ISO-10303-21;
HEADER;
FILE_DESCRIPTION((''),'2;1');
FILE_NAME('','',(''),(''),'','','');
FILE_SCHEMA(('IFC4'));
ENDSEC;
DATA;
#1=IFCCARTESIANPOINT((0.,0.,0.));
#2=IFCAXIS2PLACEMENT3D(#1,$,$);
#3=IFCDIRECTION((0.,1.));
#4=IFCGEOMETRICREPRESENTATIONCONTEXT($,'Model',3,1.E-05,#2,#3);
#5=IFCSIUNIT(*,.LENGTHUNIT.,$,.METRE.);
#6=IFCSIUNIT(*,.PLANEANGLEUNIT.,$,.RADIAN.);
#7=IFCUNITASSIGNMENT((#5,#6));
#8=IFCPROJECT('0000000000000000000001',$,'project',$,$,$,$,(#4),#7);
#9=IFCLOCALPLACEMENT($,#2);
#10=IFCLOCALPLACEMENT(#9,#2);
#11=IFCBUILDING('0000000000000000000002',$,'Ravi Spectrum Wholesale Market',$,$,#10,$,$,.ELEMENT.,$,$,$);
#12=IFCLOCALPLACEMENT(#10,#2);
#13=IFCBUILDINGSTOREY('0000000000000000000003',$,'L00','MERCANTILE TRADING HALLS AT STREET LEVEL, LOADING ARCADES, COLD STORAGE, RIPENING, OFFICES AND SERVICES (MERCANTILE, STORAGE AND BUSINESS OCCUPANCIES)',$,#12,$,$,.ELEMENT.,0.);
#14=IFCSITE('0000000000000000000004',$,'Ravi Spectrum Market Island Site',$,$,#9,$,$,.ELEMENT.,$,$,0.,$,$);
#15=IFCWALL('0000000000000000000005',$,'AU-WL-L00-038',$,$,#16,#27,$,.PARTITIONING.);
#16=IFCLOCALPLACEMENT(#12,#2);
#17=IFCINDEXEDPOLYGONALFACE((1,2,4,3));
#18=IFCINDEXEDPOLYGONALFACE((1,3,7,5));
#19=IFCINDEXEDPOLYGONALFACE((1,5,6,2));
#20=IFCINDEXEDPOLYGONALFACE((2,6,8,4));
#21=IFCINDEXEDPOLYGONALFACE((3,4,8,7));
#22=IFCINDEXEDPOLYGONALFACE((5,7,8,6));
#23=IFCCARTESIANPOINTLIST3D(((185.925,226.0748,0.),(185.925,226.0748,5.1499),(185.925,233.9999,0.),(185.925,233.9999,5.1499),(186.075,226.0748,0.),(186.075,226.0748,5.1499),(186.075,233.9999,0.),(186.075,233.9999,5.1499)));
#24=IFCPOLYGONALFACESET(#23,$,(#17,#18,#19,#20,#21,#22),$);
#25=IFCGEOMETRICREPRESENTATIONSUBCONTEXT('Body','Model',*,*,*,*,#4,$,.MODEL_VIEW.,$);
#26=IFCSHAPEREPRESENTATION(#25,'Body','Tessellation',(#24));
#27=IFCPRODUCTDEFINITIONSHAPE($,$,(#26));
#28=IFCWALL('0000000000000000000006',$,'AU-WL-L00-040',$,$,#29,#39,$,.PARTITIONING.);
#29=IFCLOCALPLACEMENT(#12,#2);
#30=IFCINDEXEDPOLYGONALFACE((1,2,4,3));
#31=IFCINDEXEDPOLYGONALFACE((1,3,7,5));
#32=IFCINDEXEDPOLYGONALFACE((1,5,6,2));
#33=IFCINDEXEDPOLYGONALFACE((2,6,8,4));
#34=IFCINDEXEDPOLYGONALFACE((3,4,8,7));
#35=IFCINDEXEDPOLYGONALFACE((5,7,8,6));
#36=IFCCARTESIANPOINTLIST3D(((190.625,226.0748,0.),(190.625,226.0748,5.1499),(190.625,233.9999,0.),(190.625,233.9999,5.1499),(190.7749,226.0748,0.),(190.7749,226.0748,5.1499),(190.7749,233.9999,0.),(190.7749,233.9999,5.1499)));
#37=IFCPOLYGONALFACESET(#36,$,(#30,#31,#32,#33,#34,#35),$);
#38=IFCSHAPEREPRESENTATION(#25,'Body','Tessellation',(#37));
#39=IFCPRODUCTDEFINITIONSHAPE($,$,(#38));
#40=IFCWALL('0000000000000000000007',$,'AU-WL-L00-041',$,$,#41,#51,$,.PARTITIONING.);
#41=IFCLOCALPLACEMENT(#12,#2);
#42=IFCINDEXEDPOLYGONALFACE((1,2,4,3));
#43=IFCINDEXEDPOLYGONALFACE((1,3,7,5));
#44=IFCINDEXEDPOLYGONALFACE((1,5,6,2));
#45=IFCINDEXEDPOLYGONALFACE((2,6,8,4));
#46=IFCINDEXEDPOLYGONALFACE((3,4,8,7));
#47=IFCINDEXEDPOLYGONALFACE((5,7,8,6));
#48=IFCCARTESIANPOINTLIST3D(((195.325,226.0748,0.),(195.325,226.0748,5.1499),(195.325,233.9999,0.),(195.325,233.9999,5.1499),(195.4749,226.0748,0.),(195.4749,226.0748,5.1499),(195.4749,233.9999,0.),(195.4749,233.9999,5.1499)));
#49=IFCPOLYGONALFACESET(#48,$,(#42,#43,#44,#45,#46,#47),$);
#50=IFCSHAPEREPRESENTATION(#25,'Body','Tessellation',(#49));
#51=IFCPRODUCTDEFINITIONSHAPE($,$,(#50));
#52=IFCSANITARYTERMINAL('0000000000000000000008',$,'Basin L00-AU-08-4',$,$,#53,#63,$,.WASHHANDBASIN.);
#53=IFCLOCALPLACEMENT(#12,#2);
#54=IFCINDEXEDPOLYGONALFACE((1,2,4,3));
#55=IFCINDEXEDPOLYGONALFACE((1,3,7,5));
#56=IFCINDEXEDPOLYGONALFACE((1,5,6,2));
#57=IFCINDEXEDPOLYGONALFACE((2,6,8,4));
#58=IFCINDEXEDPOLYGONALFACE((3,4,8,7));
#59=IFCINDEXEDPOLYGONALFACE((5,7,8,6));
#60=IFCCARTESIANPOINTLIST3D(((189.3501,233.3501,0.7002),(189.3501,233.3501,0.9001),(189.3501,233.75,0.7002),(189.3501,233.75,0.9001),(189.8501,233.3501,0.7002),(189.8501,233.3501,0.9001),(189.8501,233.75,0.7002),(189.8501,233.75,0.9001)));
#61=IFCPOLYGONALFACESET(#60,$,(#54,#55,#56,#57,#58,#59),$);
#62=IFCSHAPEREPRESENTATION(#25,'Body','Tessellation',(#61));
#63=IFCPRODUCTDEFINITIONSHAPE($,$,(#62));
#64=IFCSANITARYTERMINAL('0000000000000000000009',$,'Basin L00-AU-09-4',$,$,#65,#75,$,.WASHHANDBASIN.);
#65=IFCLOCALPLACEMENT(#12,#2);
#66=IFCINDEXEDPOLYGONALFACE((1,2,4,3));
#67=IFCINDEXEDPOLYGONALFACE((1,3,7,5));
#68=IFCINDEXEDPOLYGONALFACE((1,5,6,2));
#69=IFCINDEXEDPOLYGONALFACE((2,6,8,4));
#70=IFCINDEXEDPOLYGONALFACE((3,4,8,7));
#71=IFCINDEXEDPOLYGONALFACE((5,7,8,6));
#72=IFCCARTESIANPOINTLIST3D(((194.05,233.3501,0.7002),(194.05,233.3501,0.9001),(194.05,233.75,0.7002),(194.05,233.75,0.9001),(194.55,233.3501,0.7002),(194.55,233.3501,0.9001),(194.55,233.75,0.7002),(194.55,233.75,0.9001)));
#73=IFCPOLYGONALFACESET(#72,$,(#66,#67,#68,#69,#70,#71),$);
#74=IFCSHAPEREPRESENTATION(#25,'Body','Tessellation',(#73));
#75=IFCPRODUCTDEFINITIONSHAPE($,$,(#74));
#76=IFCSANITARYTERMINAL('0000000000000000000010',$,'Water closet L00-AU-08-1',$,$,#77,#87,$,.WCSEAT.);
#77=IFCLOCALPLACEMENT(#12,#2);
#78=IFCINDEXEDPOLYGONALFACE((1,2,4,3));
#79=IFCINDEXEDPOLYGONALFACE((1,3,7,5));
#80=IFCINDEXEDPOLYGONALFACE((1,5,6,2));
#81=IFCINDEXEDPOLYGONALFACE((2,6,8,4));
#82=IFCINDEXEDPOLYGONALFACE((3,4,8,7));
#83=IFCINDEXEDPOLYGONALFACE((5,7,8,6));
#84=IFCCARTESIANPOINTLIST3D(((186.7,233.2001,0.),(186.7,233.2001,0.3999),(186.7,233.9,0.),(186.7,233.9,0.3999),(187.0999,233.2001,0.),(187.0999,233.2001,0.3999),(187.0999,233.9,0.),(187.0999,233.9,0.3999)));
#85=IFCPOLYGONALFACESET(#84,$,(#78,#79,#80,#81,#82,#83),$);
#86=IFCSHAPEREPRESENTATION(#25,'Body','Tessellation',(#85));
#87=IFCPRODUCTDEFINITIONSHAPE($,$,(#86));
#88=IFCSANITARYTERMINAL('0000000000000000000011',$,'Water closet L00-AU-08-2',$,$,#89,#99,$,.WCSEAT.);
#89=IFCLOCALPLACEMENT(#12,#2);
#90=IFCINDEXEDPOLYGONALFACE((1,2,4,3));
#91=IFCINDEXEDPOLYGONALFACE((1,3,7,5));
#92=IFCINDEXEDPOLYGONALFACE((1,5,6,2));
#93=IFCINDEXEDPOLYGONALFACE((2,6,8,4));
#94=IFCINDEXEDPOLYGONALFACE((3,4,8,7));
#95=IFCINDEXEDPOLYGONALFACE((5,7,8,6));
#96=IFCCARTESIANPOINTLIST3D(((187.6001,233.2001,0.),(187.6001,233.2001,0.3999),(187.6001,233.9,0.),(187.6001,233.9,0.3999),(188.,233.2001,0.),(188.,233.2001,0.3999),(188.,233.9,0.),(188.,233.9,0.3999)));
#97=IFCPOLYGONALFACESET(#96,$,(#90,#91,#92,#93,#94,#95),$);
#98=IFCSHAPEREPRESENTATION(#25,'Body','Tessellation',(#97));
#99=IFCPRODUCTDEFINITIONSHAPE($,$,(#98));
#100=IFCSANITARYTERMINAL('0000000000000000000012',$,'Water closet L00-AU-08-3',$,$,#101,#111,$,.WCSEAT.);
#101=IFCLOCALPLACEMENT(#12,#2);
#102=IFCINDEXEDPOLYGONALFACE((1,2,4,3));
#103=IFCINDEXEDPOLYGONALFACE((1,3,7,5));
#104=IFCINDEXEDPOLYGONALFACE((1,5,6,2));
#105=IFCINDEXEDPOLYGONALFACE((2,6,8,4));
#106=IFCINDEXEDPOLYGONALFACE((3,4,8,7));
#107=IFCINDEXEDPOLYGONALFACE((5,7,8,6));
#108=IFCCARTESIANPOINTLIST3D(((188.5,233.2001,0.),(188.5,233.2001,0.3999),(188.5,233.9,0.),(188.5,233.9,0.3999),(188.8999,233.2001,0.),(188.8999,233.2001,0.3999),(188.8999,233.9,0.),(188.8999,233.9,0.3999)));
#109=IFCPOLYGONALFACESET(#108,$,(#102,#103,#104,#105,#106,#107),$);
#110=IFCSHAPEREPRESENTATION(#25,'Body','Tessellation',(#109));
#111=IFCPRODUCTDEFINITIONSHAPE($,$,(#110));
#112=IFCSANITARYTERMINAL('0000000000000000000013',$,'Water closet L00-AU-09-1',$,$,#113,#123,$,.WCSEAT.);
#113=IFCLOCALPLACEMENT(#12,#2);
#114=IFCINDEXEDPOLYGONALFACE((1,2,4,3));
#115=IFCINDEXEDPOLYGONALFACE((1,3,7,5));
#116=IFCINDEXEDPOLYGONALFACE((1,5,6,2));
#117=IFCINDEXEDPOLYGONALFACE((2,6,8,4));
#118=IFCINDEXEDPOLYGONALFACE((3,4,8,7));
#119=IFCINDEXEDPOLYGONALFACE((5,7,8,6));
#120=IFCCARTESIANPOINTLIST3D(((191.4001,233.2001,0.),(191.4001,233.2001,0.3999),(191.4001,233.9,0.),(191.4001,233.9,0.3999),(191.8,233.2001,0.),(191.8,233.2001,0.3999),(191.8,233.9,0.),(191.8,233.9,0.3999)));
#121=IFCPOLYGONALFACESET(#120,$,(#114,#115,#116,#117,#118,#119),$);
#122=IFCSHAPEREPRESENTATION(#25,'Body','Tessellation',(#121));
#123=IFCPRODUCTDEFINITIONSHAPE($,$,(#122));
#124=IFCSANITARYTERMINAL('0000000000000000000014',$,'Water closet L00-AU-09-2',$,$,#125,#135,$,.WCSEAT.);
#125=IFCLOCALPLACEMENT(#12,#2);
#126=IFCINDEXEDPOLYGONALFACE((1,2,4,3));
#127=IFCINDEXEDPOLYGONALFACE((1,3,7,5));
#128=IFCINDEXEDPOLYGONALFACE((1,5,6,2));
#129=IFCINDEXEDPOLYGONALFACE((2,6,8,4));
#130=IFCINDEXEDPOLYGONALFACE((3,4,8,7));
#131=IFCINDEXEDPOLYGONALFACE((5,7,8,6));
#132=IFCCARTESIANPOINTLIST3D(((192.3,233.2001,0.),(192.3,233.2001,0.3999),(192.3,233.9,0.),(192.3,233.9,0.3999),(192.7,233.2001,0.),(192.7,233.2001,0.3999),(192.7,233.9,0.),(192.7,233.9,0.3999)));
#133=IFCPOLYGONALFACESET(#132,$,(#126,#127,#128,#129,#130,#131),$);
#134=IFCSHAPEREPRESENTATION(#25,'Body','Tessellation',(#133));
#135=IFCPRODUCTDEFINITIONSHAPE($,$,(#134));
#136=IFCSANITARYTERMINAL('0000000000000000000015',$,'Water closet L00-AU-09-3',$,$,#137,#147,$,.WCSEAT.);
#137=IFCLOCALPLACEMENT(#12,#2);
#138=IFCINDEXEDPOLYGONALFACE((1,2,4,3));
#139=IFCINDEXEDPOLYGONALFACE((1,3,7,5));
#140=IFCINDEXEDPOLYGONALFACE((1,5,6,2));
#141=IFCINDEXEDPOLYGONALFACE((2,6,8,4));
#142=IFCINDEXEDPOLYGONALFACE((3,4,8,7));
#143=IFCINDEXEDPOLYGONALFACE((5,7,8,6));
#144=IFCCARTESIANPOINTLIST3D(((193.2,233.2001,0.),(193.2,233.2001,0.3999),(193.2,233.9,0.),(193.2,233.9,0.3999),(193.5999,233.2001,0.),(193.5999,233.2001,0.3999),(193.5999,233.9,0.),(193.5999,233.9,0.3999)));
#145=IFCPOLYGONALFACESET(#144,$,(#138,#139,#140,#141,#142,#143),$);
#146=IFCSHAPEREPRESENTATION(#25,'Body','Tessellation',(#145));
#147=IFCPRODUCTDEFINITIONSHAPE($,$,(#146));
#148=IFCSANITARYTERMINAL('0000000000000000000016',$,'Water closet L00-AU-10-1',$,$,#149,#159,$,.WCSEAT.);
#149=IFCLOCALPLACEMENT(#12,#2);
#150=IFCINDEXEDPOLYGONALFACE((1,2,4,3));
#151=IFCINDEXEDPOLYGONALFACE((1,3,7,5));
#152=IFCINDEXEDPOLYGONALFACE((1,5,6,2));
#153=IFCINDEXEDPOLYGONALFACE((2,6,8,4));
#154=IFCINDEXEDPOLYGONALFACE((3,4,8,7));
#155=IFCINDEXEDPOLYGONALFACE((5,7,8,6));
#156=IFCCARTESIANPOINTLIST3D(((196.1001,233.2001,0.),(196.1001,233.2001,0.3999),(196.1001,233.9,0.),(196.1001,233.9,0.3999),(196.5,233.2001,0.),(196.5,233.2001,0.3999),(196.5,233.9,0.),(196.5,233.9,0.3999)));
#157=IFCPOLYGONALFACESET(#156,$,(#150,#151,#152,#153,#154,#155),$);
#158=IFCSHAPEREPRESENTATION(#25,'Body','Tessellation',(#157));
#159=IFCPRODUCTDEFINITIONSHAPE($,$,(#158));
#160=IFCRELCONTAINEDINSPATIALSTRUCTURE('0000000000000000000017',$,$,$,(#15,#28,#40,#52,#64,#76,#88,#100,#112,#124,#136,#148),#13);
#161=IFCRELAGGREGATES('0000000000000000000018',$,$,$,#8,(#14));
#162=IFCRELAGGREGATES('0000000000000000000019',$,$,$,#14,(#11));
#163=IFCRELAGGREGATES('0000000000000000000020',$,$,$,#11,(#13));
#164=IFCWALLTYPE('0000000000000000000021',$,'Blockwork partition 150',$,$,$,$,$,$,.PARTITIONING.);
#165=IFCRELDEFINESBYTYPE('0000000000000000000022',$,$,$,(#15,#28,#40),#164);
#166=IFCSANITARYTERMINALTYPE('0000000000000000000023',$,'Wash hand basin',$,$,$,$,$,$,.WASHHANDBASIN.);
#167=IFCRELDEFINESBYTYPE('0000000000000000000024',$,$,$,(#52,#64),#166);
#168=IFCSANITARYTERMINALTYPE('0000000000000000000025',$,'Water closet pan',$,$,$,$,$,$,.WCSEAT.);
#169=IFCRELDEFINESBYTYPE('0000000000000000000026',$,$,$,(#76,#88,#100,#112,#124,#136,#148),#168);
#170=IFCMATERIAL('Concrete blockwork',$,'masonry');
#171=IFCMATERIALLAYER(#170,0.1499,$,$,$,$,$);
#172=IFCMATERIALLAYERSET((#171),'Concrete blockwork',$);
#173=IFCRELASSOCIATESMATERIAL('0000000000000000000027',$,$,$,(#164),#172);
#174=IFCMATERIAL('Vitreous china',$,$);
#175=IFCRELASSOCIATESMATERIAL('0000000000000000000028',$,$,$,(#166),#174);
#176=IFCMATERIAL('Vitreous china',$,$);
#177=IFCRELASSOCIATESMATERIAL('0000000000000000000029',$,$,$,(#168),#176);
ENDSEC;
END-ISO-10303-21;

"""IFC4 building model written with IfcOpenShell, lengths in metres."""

from ifc_helpers import new_model, si_unit, direction, frame, frame_2d, origin, origin_2d, place, context, subcontext, project, spatial, rectangle, extrude, material, layer, layer_set, type_object, element, save


model = new_model("IFC4")

# Units and contexts
model_context = context("Model", 3, precision=1e-05, world=origin(), true_north=direction((0.0, 1.0)))
body_context = subcontext(model_context, "Body", "Model", "MODEL_VIEW")
ifc_project = project(units=[si_unit("LENGTHUNIT", "METRE"), si_unit("PLANEANGLEUNIT", "RADIAN")], contexts=[model_context])

# Site, building, storey
site_placement = place(None, origin())
site = spatial("IfcSite", under=ifc_project, at=site_placement, Name="Ravi Spectrum Market Island Site", CompositionType="ELEMENT", RefElevation=0.0)
building_placement = place(site_placement, origin())
building = spatial("IfcBuilding", under=site, at=building_placement, Name="Ravi Spectrum Wholesale Market", CompositionType="ELEMENT")
storey_placement = place(building_placement, origin())
storey = spatial("IfcBuildingStorey", under=building, at=storey_placement, Name="L00", Description="MERCANTILE TRADING HALLS AT STREET LEVEL, LOADING ARCADES, COLD STORAGE, RIPENING, OFFICES AND SERVICES (MERCANTILE, STORAGE AND BUSINESS OCCUPANCIES)", CompositionType="ELEMENT", Elevation=0.0)

# Walls
ifc_material_1 = material(Name="Concrete blockwork", Category="masonry")
ifc_layer = layer(ifc_material_1, 0.1499)
ifc_layer_set = layer_set([ifc_layer], Name="Concrete blockwork")
wall_type = type_object("IfcWallType", Name="Blockwork partition 150", PredefinedType="PARTITIONING", material=ifc_layer_set)
for number, where, z_axis, x_axis, name in (
    (1, (186.0, 226.075, 0.0), (0.0, 0.0, 1.0), (0.0, 1.0, 0.0), "AU-WL-L00-038"),
    (2, (190.7, 226.075, 0.0), (0.0, 0.0, 1.0), (0.0, 1.0, 0.0), "AU-WL-L00-040"),
    (3, (195.3999, 226.075, 0.0), (0.0, 0.0, 1.0), (0.0, 1.0, 0.0), "AU-WL-L00-041"),
):
    element("IfcWall", number, at=place(storey_placement, frame(where, z_axis=z_axis, x_axis=x_axis)), inside=storey, type_object=wall_type, Name=name, PredefinedType="PARTITIONING", context=body_context, shape_type="SweptSolid", body=[
        extrude(rectangle(XDim=7.925, YDim=0.1499, at=frame_2d((3.9624, 0.0))), origin(), (0.0, 0.0, 1.0), 5.1499),
    ])

# Sanitary terminals
ifc_material_2 = material(Name="Vitreous china")
sanitary_terminal_type_1 = type_object("IfcSanitaryTerminalType", Name="Wash hand basin", PredefinedType="WASHHANDBASIN", material=ifc_material_2)
for number, where, z_axis, x_axis, name in (
    (4, (189.6001, 233.55, 0.7002), (0.0, 0.0, 1.0), (1.0, 0.0, 0.0), "Basin L00-AU-08-4"),
    (5, (194.3, 233.55, 0.7002), (0.0, 0.0, 1.0), (1.0, 0.0, 0.0), "Basin L00-AU-09-4"),
):
    element("IfcSanitaryTerminal", number, at=place(storey_placement, frame(where, z_axis=z_axis, x_axis=x_axis)), inside=storey, type_object=sanitary_terminal_type_1, Name=name, PredefinedType="WASHHANDBASIN", context=body_context, shape_type="SweptSolid", body=[
        extrude(rectangle(XDim=0.5, YDim=0.3999, at=origin_2d()), origin(), (0.0, 0.0, 1.0), 0.2),
    ])
ifc_material_3 = material(Name="Vitreous china")
sanitary_terminal_type_2 = type_object("IfcSanitaryTerminalType", Name="Water closet pan", PredefinedType="WCSEAT", material=ifc_material_3)
for number, where, z_axis, x_axis, name in (
    (6, (186.8999, 233.55, 0.0), (0.0, 0.0, 1.0), (1.0, 0.0, 0.0), "Water closet L00-AU-08-1"),
    (7, (187.8, 233.55, 0.0), (0.0, 0.0, 1.0), (1.0, 0.0, 0.0), "Water closet L00-AU-08-2"),
    (8, (188.7, 233.55, 0.0), (0.0, 0.0, 1.0), (1.0, 0.0, 0.0), "Water closet L00-AU-08-3"),
    (9, (191.6001, 233.55, 0.0), (0.0, 0.0, 1.0), (1.0, 0.0, 0.0), "Water closet L00-AU-09-1"),
    (10, (192.5, 233.55, 0.0), (0.0, 0.0, 1.0), (1.0, 0.0, 0.0), "Water closet L00-AU-09-2"),
    (11, (193.3999, 233.55, 0.0), (0.0, 0.0, 1.0), (1.0, 0.0, 0.0), "Water closet L00-AU-09-3"),
    (12, (196.3, 233.55, 0.0), (0.0, 0.0, 1.0), (1.0, 0.0, 0.0), "Water closet L00-AU-10-1"),
):
    element("IfcSanitaryTerminal", number, at=place(storey_placement, frame(where, z_axis=z_axis, x_axis=x_axis)), inside=storey, type_object=sanitary_terminal_type_2, Name=name, PredefinedType="WCSEAT", context=body_context, shape_type="SweptSolid", body=[
        extrude(rectangle(XDim=0.3999, YDim=0.7, at=origin_2d()), origin(), (0.0, 0.0, 1.0), 0.3999),
    ])

save(model, "model.ifc")
